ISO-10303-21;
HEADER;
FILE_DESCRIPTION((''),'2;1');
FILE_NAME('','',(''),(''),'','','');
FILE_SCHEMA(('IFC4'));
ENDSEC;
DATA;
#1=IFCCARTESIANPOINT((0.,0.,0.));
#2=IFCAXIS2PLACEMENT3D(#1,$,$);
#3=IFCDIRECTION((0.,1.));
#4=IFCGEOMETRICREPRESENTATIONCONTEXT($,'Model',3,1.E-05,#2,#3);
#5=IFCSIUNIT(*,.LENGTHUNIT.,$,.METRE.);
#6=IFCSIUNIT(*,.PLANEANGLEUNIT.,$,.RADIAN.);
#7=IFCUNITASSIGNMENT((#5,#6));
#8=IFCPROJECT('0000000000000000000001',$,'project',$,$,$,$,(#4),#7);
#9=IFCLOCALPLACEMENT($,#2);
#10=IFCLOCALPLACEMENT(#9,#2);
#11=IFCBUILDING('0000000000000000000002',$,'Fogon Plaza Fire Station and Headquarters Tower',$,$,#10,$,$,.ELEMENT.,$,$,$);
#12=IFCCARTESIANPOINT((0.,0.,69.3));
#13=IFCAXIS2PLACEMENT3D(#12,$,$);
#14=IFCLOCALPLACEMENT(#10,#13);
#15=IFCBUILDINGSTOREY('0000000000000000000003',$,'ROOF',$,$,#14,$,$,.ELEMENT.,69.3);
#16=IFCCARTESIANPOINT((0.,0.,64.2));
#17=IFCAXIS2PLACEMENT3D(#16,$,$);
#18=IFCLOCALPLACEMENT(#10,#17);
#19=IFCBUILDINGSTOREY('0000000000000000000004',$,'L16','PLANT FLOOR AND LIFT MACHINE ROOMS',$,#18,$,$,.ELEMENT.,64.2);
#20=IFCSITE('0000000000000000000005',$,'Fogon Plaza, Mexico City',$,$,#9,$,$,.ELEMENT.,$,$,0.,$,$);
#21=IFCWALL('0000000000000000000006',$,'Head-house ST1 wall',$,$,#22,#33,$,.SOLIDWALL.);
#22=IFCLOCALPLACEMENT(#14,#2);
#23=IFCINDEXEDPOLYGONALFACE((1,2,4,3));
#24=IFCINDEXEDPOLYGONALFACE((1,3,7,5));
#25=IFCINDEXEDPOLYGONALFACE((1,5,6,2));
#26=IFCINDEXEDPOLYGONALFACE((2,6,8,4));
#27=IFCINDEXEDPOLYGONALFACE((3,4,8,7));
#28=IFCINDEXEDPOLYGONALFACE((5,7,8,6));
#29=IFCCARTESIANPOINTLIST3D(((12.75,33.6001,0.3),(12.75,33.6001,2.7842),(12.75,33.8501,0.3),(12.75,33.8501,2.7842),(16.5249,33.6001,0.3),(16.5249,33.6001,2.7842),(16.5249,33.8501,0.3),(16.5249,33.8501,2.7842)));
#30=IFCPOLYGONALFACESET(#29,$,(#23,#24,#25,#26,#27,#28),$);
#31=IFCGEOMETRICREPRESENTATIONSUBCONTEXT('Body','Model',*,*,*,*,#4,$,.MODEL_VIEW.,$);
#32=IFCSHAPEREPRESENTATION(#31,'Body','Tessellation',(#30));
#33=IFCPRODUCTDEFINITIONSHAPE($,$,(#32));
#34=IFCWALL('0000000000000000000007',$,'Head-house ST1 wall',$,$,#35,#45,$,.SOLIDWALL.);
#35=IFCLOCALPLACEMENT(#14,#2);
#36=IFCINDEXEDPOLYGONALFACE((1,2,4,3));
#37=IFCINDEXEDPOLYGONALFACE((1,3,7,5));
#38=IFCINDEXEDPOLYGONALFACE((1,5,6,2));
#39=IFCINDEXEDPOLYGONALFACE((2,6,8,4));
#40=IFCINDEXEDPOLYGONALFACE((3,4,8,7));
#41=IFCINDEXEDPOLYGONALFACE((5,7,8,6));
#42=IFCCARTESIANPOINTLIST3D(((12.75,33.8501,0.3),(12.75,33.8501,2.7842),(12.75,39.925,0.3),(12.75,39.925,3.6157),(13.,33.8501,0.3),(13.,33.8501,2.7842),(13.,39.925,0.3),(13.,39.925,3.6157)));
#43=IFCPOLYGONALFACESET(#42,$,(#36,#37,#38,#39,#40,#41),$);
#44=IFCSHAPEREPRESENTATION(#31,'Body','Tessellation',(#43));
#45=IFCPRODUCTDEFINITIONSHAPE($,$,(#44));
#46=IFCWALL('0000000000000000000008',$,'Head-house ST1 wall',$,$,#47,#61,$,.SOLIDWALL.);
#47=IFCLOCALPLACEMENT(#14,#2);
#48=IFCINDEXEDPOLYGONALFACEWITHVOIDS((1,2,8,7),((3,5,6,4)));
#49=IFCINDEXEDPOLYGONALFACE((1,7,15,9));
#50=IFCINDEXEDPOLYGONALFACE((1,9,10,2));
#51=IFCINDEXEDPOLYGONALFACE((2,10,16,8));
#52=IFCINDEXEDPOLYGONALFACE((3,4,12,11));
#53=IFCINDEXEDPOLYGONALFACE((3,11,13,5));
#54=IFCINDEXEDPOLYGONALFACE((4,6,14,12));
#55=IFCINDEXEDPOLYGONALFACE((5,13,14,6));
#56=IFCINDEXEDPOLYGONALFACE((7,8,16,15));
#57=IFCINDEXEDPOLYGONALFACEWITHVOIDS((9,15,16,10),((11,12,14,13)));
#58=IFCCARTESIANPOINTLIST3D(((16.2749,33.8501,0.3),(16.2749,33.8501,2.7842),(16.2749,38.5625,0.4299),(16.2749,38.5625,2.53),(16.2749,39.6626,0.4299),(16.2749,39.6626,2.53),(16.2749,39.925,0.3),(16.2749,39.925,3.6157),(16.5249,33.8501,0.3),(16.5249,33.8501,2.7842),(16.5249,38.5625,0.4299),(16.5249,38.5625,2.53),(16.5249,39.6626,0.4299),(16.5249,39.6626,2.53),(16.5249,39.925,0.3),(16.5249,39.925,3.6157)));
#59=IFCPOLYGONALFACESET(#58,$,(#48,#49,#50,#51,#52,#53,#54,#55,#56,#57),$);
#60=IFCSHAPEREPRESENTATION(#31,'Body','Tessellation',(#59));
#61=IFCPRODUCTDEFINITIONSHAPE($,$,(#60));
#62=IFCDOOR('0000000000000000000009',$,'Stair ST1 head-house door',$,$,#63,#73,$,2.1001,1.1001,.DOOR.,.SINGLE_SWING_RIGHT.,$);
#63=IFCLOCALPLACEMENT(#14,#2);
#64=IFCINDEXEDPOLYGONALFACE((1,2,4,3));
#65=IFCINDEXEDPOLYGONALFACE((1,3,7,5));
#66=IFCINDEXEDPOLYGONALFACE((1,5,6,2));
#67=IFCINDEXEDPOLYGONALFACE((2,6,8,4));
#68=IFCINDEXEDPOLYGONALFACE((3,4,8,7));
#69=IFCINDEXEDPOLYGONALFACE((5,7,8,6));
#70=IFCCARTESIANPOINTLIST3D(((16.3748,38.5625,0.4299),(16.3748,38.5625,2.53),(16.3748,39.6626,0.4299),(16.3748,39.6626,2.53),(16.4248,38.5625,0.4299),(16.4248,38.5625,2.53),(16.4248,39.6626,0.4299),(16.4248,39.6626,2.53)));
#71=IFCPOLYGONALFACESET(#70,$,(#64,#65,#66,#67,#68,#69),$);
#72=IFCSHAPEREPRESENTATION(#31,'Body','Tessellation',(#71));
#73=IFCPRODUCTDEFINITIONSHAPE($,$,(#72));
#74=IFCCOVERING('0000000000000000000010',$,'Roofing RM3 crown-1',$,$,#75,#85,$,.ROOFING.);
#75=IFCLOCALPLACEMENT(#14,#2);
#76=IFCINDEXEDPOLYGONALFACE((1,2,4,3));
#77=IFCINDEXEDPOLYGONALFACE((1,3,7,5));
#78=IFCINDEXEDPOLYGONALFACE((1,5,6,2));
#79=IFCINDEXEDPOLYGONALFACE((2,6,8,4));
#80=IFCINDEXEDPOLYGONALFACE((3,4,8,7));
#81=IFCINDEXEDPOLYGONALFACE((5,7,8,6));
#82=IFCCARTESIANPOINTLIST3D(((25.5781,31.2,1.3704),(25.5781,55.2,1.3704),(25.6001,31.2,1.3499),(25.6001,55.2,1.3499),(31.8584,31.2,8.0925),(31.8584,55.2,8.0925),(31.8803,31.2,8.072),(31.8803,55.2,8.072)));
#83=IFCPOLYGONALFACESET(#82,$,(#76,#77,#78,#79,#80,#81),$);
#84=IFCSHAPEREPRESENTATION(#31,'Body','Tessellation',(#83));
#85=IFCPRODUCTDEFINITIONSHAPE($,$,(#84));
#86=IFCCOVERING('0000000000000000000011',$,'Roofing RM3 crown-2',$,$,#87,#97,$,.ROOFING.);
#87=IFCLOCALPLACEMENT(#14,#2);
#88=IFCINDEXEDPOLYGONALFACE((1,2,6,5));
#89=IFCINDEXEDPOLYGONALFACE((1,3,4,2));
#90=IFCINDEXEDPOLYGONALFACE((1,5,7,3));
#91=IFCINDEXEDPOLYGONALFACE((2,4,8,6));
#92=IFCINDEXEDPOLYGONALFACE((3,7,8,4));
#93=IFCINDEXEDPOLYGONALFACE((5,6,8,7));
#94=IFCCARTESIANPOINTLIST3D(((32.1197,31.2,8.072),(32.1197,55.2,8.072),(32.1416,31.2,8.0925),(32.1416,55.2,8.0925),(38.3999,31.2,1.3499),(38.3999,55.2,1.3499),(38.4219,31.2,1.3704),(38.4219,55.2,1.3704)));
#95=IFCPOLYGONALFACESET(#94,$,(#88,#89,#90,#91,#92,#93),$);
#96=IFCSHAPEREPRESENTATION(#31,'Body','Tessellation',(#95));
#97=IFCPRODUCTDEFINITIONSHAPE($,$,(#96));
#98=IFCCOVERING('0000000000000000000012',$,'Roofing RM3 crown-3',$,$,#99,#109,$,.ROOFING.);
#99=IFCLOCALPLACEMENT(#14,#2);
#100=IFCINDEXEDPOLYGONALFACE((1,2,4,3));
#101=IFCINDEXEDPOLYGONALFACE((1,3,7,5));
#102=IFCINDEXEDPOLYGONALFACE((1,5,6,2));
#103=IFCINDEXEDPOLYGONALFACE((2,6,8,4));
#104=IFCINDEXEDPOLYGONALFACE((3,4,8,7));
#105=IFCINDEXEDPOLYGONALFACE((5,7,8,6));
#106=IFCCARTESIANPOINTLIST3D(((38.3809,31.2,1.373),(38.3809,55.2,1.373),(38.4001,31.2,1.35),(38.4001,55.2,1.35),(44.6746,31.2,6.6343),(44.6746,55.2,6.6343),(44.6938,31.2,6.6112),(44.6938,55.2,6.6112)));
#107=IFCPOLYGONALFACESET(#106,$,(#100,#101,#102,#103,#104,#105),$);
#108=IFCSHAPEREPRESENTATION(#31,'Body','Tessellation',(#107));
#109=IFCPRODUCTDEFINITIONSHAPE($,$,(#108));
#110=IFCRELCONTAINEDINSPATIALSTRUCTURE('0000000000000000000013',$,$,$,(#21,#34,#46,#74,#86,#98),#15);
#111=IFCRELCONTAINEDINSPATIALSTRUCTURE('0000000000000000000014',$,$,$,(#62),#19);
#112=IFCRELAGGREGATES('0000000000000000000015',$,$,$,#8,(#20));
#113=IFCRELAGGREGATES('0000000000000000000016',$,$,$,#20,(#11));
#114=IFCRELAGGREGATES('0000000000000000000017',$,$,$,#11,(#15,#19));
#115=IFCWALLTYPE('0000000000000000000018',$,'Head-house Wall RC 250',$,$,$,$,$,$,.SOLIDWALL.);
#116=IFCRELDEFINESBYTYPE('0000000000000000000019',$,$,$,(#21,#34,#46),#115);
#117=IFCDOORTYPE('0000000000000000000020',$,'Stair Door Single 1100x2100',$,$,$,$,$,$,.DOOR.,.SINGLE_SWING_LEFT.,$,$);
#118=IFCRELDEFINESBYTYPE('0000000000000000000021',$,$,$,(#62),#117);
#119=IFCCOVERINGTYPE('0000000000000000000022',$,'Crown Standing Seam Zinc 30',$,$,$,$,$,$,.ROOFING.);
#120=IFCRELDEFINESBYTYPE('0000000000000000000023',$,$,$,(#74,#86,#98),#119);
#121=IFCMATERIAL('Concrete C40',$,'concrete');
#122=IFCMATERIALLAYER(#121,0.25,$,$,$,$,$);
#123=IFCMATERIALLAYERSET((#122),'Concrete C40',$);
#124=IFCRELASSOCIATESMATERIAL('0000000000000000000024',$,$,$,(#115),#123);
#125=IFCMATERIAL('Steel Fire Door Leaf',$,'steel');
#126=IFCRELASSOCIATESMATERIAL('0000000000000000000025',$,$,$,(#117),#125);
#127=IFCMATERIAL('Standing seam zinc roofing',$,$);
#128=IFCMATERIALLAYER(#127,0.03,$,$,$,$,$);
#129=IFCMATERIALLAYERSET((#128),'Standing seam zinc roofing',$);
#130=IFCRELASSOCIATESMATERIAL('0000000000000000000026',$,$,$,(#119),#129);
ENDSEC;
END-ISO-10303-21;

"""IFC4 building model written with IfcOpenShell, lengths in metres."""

from ifc_helpers import new_model, si_unit, direction, frame, frame_2d, origin, place, context, subcontext, project, spatial, polyline, rectangle, outline, extrude, material, layer, layer_set, type_object, element, fill, save


model = new_model("IFC4")

# Units and contexts
model_context = context("Model", 3, precision=1e-05, world=origin(), true_north=direction((0.0, 1.0)))
body_context = subcontext(model_context, "Body", "Model", "MODEL_VIEW")
ifc_project = project(units=[si_unit("LENGTHUNIT", "METRE"), si_unit("PLANEANGLEUNIT", "RADIAN")], contexts=[model_context])

# Site, building, storey
site_placement = place(None, origin())
site = spatial("IfcSite", under=ifc_project, at=site_placement, Name="Fogon Plaza, Mexico City", CompositionType="ELEMENT", RefElevation=0.0)
building_placement = place(site_placement, origin())
building = spatial("IfcBuilding", under=site, at=building_placement, Name="Fogon Plaza Fire Station and Headquarters Tower", CompositionType="ELEMENT")
storey_1_placement = place(building_placement, frame((0.0, 0.0, 69.3)))
storey_1 = spatial("IfcBuildingStorey", under=building, at=storey_1_placement, Name="ROOF", CompositionType="ELEMENT", Elevation=69.3)

# Walls
ifc_material_1 = material(Name="Concrete C40", Category="concrete")
ifc_layer_1 = layer(ifc_material_1, 0.25)
ifc_layer_set_1 = layer_set([ifc_layer_1], Name="Concrete C40")
wall_type_1 = type_object("IfcWallType", Name="Head-house Wall RC 250", PredefinedType="SOLIDWALL", material=ifc_layer_set_1)
wall_1_placement = place(storey_1_placement, frame((12.75, 33.7251, 0.3), z_axis=(0.0, 0.0, 1.0), x_axis=(1.0, 0.0, 0.0)))
element("IfcWall", 1, at=wall_1_placement, inside=storey_1, type_object=wall_type_1, Name="Head-house ST1 wall", PredefinedType="SOLIDWALL", context=body_context, shape_type="SweptSolid", body=[
    extrude(rectangle(XDim=3.7749, YDim=0.25, at=frame_2d((1.8875, 0.0))), origin(), (0.0, 0.0, 1.0), 2.4841),
])
wall_2_placement = place(storey_1_placement, frame((12.875, 33.8501, 0.3), z_axis=(0.0, 0.0, 1.0), x_axis=(0.0, 1.0, 0.0)))
element("IfcWall", 2, at=wall_2_placement, inside=storey_1, type_object=wall_type_1, Name="Head-house ST1 wall", PredefinedType="SOLIDWALL", context=body_context, shape_type="SweptSolid", body=[
    extrude(outline(polyline([(0.0, 0.0), (6.075, 0.0), (6.075, 3.3157), (0.0, 2.4841), (0.0, 0.0)])), frame((0.0, 0.125, 0.0), z_axis=(0.0, -1.0, 0.0), x_axis=(1.0, 0.0, 0.0)), (0.0, 0.0, 1.0), 0.25),
])

# Wall, opening
wall_3_placement = place(storey_1_placement, frame((16.3999, 33.8501, 0.3), z_axis=(0.0, 0.0, 1.0), x_axis=(0.0, 1.0, 0.0)))
wall_3 = element("IfcWall", 3, at=wall_3_placement, inside=storey_1, type_object=wall_type_1, Name="Head-house ST1 wall", PredefinedType="SOLIDWALL", context=body_context, shape_type="SweptSolid", body=[
    extrude(outline(polyline([(0.0, 0.0), (6.075, 0.0), (6.075, 3.3157), (0.0, 2.4841), (0.0, 0.0)])), frame((0.0, 0.125, 0.0), z_axis=(0.0, -1.0, 0.0), x_axis=(1.0, 0.0, 0.0)), (0.0, 0.0, 1.0), 0.25),
])
opening_placement = place(wall_3_placement, frame((4.7124, 0.0, 0.1299)))
opening = element("IfcOpeningElement", 4, at=opening_placement, cuts=wall_3, PredefinedType="OPENING", context=body_context, shape_type="SweptSolid", body=[
    extrude(rectangle(XDim=1.1001, YDim=2.1001, at=frame_2d((0.55, 1.05))), frame((0.0, 0.135, 0.0), z_axis=(0.0, -1.0, 0.0), x_axis=(1.0, 0.0, 0.0)), (0.0, 0.0, 1.0), 0.27),
])

# Shared definitions
storey_2_placement = place(building_placement, frame((0.0, 0.0, 64.2)))
storey_2 = spatial("IfcBuildingStorey", under=building, at=storey_2_placement, Name="L16", Description="PLANT FLOOR AND LIFT MACHINE ROOMS", CompositionType="ELEMENT", Elevation=64.2)

# Door
ifc_material_2 = material(Name="Steel Fire Door Leaf", Category="steel")
door_type = type_object("IfcDoorType", Name="Stair Door Single 1100x2100", OperationType="SINGLE_SWING_LEFT", PredefinedType="DOOR", material=ifc_material_2)
door_placement = place(opening_placement, frame((1.1001, 0.0, 0.0), z_axis=(0.0, 0.0, 1.0), x_axis=(-1.0, 0.0, 0.0)))
door = element("IfcDoor", 5, at=door_placement, inside=storey_2, type_object=door_type, Name="Stair ST1 head-house door", OperationType="SINGLE_SWING_RIGHT", OverallHeight=2.1001, OverallWidth=1.1001, PredefinedType="DOOR", context=body_context, shape_type="SweptSolid", body=[
    extrude(rectangle(XDim=1.1001, YDim=2.1001, at=frame_2d((0.55, 1.05))), frame((0.0, 0.0249, 0.0), z_axis=(0.0, -1.0, 0.0), x_axis=(1.0, 0.0, 0.0)), (0.0, 0.0, 1.0), 0.05),
])
fill(opening, door)

# Coverings
ifc_material_3 = material(Name="Standing seam zinc roofing")
ifc_layer_2 = layer(ifc_material_3, 0.03)
ifc_layer_set_2 = layer_set([ifc_layer_2], Name="Standing seam zinc roofing")
covering_type = type_object("IfcCoveringType", Name="Crown Standing Seam Zinc 30", PredefinedType="ROOFING", material=ifc_layer_set_2)
for number, where, z_axis, x_axis, name in (
    (6, (25.5781, 31.2, 1.3704), (-0.730716, 0.0, 0.682681), (0.682681, 0.0, 0.730716), "Roofing RM3 crown-1"),
    (7, (32.1416, 31.2, 8.0925), (0.730716, 0.0, 0.682681), (0.682681, 0.0, -0.730716), "Roofing RM3 crown-2"),
):
    element("IfcCovering", number, at=place(storey_1_placement, frame(where, z_axis=z_axis, x_axis=x_axis)), inside=storey_1, type_object=covering_type, Name=name, PredefinedType="ROOFING", context=body_context, shape_type="SweptSolid", body=[
        extrude(outline(polyline([(0.0, 0.0), (9.1994, 0.0), (9.1994, 24.0), (0.0, 24.0), (0.0, 0.0)])), origin(), (0.0, 0.0, -1.0), 0.03),
    ])
covering_placement = place(storey_1_placement, frame((38.3809, 31.2, 1.373), z_axis=(-0.641369, 0.0, 0.767232), x_axis=(0.767232, 0.0, 0.641369)))
element("IfcCovering", 8, at=covering_placement, inside=storey_1, type_object=covering_type, Name="Roofing RM3 crown-3", PredefinedType="ROOFING", context=body_context, shape_type="SweptSolid", body=[
    extrude(outline(polyline([(0.0, 0.0), (8.2031, 0.0), (8.2031, 24.0), (0.0, 24.0), (0.0, 0.0)])), origin(), (0.0, 0.0, -1.0), 0.03),
])

save(model, "model.ifc")
